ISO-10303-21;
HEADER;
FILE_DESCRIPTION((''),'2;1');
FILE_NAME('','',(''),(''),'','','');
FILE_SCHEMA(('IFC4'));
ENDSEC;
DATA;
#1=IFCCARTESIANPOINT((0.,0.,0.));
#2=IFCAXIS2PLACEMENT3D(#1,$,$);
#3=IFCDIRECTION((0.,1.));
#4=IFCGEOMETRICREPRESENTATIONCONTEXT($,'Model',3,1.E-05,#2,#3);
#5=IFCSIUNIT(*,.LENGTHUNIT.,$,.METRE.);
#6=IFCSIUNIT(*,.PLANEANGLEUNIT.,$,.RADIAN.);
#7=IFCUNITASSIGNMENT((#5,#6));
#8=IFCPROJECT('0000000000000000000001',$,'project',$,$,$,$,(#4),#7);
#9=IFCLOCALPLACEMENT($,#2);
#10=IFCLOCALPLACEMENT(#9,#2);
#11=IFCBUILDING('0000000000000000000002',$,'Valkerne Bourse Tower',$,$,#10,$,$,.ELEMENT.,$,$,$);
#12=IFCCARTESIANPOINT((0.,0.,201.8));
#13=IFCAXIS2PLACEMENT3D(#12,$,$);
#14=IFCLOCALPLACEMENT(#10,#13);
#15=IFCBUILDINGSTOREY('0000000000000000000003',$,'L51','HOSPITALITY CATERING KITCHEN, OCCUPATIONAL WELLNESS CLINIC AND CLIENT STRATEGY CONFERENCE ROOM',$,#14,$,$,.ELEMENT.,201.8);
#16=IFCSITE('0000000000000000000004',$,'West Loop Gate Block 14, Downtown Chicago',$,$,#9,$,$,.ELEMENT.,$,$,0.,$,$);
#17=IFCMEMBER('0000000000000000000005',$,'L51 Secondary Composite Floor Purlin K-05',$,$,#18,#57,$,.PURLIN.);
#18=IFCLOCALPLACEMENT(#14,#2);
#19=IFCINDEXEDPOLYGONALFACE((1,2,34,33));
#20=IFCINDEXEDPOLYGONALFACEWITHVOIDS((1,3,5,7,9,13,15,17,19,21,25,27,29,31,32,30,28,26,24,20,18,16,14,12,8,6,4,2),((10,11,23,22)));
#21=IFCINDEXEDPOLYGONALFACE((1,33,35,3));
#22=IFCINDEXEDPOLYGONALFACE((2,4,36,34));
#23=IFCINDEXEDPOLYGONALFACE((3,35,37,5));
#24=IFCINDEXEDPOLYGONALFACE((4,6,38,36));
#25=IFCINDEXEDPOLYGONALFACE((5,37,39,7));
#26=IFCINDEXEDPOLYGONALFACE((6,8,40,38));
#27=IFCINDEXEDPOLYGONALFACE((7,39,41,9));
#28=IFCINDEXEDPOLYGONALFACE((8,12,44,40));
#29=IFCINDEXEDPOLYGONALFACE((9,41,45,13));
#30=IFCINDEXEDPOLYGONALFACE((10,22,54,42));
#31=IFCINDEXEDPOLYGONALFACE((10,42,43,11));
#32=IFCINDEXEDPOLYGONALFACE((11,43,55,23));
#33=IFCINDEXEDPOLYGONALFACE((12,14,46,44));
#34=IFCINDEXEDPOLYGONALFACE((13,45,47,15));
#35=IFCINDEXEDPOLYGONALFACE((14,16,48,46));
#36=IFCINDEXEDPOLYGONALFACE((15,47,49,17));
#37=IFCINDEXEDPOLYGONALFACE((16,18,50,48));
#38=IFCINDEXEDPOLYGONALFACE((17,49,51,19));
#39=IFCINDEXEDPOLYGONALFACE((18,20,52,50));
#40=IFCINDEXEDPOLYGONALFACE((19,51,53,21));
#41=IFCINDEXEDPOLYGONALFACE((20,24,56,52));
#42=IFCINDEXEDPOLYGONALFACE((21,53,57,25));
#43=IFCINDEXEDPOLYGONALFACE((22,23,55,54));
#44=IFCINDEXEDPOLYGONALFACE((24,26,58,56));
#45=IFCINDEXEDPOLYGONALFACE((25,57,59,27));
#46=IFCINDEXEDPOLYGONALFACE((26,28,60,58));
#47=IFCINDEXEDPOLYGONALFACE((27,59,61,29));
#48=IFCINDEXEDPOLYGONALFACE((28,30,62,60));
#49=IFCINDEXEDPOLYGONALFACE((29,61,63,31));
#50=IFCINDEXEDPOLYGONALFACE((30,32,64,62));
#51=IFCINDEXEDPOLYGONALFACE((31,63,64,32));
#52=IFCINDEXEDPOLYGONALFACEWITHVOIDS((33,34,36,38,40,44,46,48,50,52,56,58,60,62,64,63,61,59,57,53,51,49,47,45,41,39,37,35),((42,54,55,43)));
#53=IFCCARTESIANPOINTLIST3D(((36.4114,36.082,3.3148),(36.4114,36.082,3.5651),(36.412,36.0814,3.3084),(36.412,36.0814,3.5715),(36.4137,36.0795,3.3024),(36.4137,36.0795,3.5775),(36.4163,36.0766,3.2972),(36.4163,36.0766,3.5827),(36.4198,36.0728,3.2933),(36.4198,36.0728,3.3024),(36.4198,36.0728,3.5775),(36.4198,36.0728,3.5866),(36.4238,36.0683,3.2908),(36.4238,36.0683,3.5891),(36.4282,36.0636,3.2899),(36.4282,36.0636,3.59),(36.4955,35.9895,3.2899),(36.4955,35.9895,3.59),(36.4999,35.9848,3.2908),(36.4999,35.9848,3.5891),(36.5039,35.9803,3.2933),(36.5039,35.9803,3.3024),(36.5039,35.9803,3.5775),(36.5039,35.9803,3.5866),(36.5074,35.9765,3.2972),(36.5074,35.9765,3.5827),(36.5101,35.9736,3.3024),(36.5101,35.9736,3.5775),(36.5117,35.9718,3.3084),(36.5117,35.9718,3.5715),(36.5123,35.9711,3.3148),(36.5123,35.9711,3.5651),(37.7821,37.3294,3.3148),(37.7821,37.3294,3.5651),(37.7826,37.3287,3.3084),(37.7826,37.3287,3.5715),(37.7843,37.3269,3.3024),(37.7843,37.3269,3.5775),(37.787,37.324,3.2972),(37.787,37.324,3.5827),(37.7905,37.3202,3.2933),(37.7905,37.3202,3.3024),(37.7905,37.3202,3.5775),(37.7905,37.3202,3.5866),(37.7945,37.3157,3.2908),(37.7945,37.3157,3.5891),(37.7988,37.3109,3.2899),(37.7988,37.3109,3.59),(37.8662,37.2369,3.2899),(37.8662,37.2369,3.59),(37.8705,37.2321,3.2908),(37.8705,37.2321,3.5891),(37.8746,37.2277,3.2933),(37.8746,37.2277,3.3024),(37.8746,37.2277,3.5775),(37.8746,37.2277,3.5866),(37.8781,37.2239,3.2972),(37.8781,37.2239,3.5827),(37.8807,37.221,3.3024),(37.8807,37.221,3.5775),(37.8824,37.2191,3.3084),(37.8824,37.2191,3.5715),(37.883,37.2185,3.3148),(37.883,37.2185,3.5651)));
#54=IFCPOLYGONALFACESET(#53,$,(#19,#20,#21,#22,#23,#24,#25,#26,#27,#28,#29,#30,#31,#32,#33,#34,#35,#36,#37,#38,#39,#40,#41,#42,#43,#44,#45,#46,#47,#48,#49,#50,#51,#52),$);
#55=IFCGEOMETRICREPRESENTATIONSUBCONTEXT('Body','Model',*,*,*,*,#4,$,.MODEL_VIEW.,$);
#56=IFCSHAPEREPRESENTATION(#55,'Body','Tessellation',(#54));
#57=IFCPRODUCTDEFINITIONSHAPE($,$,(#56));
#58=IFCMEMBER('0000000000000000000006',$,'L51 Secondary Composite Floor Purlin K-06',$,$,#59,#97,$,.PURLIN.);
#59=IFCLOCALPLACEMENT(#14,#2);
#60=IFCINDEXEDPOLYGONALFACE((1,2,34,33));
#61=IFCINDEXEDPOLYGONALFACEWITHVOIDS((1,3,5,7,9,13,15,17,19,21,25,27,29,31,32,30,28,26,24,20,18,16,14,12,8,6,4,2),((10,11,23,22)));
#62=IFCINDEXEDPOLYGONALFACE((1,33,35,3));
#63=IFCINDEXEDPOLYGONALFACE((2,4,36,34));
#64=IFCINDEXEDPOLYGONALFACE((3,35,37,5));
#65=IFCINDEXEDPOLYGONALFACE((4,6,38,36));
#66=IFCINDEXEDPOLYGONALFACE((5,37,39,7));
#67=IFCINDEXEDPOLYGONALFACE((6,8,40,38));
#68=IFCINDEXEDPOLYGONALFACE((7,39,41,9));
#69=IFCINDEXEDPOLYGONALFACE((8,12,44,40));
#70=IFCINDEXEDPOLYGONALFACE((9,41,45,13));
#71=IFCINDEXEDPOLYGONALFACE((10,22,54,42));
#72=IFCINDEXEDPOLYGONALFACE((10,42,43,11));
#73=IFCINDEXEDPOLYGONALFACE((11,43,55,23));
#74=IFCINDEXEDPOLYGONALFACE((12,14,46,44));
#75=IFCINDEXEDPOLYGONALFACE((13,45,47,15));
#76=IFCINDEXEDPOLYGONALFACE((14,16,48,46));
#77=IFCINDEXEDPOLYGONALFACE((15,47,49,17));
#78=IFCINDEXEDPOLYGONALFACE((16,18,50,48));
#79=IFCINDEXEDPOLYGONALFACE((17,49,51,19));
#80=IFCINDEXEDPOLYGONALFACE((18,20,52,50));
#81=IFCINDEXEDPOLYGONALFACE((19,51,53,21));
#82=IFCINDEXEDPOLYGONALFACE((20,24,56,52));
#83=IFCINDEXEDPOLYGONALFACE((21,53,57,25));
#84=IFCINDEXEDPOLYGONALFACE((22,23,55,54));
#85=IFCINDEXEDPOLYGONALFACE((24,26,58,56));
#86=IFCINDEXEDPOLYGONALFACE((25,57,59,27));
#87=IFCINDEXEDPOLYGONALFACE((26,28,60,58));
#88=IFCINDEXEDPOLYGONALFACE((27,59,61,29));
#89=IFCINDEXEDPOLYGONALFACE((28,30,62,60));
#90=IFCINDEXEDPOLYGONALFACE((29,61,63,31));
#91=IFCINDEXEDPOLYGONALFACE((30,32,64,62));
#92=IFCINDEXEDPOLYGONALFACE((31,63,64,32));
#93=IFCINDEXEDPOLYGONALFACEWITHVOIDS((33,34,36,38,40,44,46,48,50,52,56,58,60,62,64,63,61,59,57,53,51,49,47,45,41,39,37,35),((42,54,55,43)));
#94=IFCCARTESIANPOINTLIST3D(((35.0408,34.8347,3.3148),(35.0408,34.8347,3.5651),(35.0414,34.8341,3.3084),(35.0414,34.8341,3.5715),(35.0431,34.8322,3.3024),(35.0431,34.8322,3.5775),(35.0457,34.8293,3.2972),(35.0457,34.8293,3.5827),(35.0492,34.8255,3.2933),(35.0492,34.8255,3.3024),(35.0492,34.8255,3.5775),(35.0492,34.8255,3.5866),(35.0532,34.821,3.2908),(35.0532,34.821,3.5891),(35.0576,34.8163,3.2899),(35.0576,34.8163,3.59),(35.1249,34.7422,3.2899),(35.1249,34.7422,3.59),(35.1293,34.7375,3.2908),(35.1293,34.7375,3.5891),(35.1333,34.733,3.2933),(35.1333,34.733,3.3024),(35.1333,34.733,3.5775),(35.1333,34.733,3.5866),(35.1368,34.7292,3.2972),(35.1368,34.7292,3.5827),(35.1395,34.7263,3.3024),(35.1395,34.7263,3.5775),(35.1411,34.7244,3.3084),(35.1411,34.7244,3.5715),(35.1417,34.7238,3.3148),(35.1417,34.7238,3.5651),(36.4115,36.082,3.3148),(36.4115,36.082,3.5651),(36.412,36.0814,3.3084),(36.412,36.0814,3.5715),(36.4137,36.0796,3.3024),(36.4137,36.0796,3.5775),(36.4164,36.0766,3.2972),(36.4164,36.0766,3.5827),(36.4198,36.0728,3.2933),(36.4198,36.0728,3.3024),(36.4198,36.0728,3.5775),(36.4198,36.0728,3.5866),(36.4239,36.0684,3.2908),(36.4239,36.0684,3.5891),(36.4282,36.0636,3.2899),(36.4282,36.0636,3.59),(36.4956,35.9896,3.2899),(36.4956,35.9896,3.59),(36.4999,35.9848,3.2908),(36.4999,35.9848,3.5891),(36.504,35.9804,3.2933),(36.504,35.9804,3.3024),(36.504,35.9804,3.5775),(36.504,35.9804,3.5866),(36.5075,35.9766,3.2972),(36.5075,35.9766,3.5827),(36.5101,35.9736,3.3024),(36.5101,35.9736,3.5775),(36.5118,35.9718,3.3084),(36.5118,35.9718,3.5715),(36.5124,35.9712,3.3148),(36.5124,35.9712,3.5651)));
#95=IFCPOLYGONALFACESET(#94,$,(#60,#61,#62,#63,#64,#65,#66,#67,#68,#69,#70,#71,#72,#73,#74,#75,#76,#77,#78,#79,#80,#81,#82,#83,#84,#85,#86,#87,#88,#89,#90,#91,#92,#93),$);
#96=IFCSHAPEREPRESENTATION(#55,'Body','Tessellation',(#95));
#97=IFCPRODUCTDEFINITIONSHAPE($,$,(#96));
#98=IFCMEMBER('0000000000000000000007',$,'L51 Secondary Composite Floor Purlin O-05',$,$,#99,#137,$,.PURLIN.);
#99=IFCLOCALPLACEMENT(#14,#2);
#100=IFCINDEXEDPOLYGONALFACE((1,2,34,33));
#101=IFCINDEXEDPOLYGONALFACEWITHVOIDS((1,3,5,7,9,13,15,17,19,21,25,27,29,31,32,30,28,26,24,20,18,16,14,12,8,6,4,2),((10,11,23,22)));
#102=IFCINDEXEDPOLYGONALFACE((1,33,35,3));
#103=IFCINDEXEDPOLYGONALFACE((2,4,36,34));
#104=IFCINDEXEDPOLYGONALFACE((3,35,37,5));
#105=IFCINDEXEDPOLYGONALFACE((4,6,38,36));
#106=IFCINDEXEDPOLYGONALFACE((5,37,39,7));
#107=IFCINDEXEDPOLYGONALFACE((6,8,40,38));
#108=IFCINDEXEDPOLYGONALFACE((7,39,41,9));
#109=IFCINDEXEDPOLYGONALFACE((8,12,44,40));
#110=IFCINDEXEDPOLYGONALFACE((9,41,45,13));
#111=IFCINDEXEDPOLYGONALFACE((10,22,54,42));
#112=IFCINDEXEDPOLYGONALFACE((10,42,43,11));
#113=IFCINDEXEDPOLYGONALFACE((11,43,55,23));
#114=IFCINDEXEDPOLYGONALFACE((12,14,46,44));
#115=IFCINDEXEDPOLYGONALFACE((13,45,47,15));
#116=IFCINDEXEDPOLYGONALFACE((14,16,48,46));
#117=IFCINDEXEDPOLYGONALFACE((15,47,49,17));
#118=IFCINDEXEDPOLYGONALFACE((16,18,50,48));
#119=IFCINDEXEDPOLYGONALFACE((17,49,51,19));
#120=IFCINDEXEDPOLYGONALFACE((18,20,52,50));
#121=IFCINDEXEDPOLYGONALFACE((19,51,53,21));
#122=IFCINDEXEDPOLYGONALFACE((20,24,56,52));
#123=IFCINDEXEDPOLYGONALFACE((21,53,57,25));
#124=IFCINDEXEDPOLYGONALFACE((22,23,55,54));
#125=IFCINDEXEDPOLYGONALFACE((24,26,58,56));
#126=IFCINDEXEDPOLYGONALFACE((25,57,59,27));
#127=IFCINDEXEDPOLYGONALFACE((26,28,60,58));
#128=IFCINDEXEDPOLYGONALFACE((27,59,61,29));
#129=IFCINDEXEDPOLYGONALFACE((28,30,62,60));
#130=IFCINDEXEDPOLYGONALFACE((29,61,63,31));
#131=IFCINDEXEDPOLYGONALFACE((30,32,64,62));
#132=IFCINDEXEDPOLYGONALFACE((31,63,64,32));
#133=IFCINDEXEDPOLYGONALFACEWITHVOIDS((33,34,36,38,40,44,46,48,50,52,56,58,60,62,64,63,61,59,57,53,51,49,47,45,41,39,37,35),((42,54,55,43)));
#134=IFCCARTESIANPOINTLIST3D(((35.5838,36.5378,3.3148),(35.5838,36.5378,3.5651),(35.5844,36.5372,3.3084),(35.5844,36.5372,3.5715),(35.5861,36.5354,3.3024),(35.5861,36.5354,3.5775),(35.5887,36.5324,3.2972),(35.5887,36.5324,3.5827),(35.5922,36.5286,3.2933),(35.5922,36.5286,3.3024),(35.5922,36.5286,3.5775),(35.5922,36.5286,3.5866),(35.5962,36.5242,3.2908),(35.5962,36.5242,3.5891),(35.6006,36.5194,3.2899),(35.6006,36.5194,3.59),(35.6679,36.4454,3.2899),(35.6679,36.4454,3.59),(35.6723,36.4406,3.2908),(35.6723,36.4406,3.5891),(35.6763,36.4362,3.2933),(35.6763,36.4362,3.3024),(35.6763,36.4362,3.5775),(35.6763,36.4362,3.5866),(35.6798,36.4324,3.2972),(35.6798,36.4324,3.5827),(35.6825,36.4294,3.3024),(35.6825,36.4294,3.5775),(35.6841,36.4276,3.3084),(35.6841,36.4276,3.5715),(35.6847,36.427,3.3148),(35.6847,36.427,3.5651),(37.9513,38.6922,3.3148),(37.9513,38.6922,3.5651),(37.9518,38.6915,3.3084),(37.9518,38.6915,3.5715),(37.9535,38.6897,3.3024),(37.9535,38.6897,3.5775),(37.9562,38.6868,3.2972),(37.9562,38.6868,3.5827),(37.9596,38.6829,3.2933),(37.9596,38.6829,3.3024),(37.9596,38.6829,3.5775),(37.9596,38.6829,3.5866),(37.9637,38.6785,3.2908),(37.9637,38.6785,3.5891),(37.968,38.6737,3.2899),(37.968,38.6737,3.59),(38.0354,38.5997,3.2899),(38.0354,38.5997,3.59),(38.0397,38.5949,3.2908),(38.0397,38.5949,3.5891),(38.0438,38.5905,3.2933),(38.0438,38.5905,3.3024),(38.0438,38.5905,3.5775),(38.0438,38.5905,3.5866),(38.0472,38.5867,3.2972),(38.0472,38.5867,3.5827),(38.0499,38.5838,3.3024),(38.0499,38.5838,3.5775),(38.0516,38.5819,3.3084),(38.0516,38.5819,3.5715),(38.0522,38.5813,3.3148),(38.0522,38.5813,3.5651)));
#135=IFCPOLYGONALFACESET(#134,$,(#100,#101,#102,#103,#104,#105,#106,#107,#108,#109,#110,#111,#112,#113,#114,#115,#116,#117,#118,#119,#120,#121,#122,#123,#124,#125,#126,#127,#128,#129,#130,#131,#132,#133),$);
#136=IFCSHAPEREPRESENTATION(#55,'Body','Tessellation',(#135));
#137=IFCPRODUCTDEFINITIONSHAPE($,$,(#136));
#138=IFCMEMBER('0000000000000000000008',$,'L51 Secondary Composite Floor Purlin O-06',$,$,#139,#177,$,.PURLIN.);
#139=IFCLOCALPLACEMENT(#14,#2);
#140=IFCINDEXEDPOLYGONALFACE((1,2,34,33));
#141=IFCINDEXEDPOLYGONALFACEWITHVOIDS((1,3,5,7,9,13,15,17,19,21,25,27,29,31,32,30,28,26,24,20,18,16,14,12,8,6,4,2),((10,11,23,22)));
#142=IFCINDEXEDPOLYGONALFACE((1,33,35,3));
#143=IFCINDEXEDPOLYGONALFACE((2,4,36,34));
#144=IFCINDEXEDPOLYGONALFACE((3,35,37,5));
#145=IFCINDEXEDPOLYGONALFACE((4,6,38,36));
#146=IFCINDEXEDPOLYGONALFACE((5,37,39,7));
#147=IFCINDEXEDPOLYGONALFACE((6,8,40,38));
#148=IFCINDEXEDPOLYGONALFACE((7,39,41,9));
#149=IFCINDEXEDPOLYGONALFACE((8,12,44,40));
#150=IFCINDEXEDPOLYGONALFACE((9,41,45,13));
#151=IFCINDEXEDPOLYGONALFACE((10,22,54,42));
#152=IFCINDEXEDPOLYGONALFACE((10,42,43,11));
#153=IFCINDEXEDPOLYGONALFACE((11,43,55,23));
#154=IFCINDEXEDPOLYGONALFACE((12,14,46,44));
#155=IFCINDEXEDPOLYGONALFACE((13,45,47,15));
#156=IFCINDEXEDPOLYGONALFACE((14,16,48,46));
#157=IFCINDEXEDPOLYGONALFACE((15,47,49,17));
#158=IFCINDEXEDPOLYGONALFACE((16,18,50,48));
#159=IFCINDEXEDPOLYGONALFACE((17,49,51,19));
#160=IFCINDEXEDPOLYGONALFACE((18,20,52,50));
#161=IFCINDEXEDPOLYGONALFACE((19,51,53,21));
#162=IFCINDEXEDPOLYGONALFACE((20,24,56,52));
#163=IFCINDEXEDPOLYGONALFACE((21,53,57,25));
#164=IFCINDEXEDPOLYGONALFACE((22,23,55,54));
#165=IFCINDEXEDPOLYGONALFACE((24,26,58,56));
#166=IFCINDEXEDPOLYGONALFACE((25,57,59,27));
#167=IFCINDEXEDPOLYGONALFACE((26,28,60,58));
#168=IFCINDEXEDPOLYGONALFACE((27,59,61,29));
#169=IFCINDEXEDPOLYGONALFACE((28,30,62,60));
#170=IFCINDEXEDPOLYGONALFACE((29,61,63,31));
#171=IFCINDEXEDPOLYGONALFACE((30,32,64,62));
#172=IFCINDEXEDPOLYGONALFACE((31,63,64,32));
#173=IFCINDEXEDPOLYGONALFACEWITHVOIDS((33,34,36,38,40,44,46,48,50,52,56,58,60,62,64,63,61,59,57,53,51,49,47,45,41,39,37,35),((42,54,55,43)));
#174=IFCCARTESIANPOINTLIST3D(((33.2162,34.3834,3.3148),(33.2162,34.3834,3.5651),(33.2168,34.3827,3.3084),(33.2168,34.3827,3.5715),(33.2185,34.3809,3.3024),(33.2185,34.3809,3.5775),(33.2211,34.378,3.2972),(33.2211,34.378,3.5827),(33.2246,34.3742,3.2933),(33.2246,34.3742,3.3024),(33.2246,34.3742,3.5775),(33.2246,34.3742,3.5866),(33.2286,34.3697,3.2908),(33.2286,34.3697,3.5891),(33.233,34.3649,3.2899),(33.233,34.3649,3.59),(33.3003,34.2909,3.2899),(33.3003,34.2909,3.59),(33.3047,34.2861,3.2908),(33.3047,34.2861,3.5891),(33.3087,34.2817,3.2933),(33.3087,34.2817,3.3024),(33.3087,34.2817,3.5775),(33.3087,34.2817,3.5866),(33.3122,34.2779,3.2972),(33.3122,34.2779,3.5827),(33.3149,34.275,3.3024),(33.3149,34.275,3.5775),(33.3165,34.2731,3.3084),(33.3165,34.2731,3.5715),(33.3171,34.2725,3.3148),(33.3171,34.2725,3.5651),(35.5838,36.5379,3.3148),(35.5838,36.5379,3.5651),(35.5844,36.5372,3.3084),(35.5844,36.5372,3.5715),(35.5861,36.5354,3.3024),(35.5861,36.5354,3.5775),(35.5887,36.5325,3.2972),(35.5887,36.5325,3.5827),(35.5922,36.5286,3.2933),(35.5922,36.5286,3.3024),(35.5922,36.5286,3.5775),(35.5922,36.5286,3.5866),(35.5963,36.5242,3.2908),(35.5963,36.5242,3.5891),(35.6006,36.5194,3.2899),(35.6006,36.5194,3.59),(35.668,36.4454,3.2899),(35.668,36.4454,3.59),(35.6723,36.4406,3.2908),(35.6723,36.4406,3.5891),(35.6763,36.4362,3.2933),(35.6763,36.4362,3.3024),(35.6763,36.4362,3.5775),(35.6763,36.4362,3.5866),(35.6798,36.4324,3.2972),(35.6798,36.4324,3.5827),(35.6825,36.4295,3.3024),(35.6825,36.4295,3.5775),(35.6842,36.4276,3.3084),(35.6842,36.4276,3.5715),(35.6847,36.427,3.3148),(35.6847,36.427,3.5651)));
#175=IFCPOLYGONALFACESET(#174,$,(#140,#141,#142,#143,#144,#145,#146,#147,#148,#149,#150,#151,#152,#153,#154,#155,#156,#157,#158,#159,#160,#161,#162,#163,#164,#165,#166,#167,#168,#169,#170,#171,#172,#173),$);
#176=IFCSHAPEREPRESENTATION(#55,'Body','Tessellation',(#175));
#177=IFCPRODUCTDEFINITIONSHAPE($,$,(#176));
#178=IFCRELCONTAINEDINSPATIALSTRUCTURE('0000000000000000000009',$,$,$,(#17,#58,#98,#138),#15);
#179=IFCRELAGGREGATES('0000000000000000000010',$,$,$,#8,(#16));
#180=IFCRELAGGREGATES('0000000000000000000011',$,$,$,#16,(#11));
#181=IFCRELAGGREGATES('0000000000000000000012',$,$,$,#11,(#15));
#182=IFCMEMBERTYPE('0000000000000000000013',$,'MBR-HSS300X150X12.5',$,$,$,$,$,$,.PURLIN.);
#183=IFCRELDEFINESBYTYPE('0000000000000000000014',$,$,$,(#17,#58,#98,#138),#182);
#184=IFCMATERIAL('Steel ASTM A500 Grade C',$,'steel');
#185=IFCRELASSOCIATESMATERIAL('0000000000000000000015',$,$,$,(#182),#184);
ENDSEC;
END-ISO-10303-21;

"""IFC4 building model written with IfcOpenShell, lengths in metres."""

from ifc_helpers import new_model, si_unit, direction, frame, origin, origin_2d, place, context, subcontext, project, spatial, hollow_rectangle, extrude, material, material_profile, profile_set, type_object, element, save


model = new_model("IFC4")

# Units and contexts
model_context = context("Model", 3, precision=1e-05, world=origin(), true_north=direction((0.0, 1.0)))
body_context = subcontext(model_context, "Body", "Model", "MODEL_VIEW")
ifc_project = project(units=[si_unit("LENGTHUNIT", "METRE"), si_unit("PLANEANGLEUNIT", "RADIAN")], contexts=[model_context])

# Site, building, storey
site_placement = place(None, origin())
site = spatial("IfcSite", under=ifc_project, at=site_placement, Name="West Loop Gate Block 14, Downtown Chicago", CompositionType="ELEMENT", RefElevation=0.0)
building_placement = place(site_placement, origin())
building = spatial("IfcBuilding", under=site, at=building_placement, Name="Valkerne Bourse Tower", CompositionType="ELEMENT")
storey_placement = place(building_placement, frame((0.0, 0.0, 201.8)))
storey = spatial("IfcBuildingStorey", under=building, at=storey_placement, Name="L51", Description="HOSPITALITY CATERING KITCHEN, OCCUPATIONAL WELLNESS CLINIC AND CLIENT STRATEGY CONFERENCE ROOM", CompositionType="ELEMENT", Elevation=201.8)

# Members
ifc_material_1 = material(Name="Steel ASTM A500 Grade C", Category="steel")
ifc_material_profile_1 = material_profile(ifc_material_1, hollow_rectangle(XDim=0.1499, YDim=0.3, WallThickness=0.0125, OuterFilletRadius=0.0249, at=origin_2d()), Name="HSS300X150X12.5")
ifc_profile_set_1 = profile_set([ifc_material_profile_1], Name="Steel ASTM A500 Grade C")
member_type_1 = type_object("IfcMemberType", Name="MBR-HSS300X150X12.5", PredefinedType="PURLIN", material=ifc_profile_set_1)
for number, where, z_axis, x_axis, name in (
    (1, (37.8325, 37.2739, 3.4399), (-0.739588, -0.67306, 0.0), (0.67306, -0.739588, 0.0), "L51 Secondary Composite Floor Purlin K-05"),
    (2, (36.4619, 36.0266, 3.4399), (-0.739588, -0.67306, 0.0), (0.67306, -0.739588, 0.0), "L51 Secondary Composite Floor Purlin K-06"),
):
    element("IfcMember", number, at=place(storey_placement, frame(where, z_axis=z_axis, x_axis=x_axis)), inside=storey, type_object=member_type_1, Name=name, PredefinedType="PURLIN", context=body_context, shape_type="SweptSolid", body=[
        extrude(hollow_rectangle(XDim=0.1499, YDim=0.3, WallThickness=0.0125, OuterFilletRadius=0.0249, at=origin_2d()), origin(), (0.0, 0.0, 1.0), 1.8533),
    ])
member_1_placement = place(storey_placement, frame((38.0017, 38.6367, 3.4399), z_axis=(-0.739616, -0.67303, 0.0), x_axis=(0.67303, -0.739616, 0.0)))
element("IfcMember", 3, at=member_1_placement, inside=storey, type_object=member_type_1, Name="L51 Secondary Composite Floor Purlin O-05", PredefinedType="PURLIN", context=body_context, shape_type="SweptSolid", body=[
    extrude(hollow_rectangle(XDim=0.1499, YDim=0.3, WallThickness=0.0125, OuterFilletRadius=0.0249, at=origin_2d()), origin(), (0.0, 0.0, 1.0), 3.2009),
])
member_2_placement = place(storey_placement, frame((35.6343, 36.4824, 3.4399), z_axis=(-0.739612, -0.673033, 0.0), x_axis=(0.673033, -0.739612, 0.0)))
element("IfcMember", 4, at=member_2_placement, inside=storey, type_object=member_type_1, Name="L51 Secondary Composite Floor Purlin O-06", PredefinedType="PURLIN", context=body_context, shape_type="SweptSolid", body=[
    extrude(hollow_rectangle(XDim=0.1499, YDim=0.3, WallThickness=0.0125, OuterFilletRadius=0.0249, at=origin_2d()), origin(), (0.0, 0.0, 1.0), 3.2012),
])

save(model, "model.ifc")
